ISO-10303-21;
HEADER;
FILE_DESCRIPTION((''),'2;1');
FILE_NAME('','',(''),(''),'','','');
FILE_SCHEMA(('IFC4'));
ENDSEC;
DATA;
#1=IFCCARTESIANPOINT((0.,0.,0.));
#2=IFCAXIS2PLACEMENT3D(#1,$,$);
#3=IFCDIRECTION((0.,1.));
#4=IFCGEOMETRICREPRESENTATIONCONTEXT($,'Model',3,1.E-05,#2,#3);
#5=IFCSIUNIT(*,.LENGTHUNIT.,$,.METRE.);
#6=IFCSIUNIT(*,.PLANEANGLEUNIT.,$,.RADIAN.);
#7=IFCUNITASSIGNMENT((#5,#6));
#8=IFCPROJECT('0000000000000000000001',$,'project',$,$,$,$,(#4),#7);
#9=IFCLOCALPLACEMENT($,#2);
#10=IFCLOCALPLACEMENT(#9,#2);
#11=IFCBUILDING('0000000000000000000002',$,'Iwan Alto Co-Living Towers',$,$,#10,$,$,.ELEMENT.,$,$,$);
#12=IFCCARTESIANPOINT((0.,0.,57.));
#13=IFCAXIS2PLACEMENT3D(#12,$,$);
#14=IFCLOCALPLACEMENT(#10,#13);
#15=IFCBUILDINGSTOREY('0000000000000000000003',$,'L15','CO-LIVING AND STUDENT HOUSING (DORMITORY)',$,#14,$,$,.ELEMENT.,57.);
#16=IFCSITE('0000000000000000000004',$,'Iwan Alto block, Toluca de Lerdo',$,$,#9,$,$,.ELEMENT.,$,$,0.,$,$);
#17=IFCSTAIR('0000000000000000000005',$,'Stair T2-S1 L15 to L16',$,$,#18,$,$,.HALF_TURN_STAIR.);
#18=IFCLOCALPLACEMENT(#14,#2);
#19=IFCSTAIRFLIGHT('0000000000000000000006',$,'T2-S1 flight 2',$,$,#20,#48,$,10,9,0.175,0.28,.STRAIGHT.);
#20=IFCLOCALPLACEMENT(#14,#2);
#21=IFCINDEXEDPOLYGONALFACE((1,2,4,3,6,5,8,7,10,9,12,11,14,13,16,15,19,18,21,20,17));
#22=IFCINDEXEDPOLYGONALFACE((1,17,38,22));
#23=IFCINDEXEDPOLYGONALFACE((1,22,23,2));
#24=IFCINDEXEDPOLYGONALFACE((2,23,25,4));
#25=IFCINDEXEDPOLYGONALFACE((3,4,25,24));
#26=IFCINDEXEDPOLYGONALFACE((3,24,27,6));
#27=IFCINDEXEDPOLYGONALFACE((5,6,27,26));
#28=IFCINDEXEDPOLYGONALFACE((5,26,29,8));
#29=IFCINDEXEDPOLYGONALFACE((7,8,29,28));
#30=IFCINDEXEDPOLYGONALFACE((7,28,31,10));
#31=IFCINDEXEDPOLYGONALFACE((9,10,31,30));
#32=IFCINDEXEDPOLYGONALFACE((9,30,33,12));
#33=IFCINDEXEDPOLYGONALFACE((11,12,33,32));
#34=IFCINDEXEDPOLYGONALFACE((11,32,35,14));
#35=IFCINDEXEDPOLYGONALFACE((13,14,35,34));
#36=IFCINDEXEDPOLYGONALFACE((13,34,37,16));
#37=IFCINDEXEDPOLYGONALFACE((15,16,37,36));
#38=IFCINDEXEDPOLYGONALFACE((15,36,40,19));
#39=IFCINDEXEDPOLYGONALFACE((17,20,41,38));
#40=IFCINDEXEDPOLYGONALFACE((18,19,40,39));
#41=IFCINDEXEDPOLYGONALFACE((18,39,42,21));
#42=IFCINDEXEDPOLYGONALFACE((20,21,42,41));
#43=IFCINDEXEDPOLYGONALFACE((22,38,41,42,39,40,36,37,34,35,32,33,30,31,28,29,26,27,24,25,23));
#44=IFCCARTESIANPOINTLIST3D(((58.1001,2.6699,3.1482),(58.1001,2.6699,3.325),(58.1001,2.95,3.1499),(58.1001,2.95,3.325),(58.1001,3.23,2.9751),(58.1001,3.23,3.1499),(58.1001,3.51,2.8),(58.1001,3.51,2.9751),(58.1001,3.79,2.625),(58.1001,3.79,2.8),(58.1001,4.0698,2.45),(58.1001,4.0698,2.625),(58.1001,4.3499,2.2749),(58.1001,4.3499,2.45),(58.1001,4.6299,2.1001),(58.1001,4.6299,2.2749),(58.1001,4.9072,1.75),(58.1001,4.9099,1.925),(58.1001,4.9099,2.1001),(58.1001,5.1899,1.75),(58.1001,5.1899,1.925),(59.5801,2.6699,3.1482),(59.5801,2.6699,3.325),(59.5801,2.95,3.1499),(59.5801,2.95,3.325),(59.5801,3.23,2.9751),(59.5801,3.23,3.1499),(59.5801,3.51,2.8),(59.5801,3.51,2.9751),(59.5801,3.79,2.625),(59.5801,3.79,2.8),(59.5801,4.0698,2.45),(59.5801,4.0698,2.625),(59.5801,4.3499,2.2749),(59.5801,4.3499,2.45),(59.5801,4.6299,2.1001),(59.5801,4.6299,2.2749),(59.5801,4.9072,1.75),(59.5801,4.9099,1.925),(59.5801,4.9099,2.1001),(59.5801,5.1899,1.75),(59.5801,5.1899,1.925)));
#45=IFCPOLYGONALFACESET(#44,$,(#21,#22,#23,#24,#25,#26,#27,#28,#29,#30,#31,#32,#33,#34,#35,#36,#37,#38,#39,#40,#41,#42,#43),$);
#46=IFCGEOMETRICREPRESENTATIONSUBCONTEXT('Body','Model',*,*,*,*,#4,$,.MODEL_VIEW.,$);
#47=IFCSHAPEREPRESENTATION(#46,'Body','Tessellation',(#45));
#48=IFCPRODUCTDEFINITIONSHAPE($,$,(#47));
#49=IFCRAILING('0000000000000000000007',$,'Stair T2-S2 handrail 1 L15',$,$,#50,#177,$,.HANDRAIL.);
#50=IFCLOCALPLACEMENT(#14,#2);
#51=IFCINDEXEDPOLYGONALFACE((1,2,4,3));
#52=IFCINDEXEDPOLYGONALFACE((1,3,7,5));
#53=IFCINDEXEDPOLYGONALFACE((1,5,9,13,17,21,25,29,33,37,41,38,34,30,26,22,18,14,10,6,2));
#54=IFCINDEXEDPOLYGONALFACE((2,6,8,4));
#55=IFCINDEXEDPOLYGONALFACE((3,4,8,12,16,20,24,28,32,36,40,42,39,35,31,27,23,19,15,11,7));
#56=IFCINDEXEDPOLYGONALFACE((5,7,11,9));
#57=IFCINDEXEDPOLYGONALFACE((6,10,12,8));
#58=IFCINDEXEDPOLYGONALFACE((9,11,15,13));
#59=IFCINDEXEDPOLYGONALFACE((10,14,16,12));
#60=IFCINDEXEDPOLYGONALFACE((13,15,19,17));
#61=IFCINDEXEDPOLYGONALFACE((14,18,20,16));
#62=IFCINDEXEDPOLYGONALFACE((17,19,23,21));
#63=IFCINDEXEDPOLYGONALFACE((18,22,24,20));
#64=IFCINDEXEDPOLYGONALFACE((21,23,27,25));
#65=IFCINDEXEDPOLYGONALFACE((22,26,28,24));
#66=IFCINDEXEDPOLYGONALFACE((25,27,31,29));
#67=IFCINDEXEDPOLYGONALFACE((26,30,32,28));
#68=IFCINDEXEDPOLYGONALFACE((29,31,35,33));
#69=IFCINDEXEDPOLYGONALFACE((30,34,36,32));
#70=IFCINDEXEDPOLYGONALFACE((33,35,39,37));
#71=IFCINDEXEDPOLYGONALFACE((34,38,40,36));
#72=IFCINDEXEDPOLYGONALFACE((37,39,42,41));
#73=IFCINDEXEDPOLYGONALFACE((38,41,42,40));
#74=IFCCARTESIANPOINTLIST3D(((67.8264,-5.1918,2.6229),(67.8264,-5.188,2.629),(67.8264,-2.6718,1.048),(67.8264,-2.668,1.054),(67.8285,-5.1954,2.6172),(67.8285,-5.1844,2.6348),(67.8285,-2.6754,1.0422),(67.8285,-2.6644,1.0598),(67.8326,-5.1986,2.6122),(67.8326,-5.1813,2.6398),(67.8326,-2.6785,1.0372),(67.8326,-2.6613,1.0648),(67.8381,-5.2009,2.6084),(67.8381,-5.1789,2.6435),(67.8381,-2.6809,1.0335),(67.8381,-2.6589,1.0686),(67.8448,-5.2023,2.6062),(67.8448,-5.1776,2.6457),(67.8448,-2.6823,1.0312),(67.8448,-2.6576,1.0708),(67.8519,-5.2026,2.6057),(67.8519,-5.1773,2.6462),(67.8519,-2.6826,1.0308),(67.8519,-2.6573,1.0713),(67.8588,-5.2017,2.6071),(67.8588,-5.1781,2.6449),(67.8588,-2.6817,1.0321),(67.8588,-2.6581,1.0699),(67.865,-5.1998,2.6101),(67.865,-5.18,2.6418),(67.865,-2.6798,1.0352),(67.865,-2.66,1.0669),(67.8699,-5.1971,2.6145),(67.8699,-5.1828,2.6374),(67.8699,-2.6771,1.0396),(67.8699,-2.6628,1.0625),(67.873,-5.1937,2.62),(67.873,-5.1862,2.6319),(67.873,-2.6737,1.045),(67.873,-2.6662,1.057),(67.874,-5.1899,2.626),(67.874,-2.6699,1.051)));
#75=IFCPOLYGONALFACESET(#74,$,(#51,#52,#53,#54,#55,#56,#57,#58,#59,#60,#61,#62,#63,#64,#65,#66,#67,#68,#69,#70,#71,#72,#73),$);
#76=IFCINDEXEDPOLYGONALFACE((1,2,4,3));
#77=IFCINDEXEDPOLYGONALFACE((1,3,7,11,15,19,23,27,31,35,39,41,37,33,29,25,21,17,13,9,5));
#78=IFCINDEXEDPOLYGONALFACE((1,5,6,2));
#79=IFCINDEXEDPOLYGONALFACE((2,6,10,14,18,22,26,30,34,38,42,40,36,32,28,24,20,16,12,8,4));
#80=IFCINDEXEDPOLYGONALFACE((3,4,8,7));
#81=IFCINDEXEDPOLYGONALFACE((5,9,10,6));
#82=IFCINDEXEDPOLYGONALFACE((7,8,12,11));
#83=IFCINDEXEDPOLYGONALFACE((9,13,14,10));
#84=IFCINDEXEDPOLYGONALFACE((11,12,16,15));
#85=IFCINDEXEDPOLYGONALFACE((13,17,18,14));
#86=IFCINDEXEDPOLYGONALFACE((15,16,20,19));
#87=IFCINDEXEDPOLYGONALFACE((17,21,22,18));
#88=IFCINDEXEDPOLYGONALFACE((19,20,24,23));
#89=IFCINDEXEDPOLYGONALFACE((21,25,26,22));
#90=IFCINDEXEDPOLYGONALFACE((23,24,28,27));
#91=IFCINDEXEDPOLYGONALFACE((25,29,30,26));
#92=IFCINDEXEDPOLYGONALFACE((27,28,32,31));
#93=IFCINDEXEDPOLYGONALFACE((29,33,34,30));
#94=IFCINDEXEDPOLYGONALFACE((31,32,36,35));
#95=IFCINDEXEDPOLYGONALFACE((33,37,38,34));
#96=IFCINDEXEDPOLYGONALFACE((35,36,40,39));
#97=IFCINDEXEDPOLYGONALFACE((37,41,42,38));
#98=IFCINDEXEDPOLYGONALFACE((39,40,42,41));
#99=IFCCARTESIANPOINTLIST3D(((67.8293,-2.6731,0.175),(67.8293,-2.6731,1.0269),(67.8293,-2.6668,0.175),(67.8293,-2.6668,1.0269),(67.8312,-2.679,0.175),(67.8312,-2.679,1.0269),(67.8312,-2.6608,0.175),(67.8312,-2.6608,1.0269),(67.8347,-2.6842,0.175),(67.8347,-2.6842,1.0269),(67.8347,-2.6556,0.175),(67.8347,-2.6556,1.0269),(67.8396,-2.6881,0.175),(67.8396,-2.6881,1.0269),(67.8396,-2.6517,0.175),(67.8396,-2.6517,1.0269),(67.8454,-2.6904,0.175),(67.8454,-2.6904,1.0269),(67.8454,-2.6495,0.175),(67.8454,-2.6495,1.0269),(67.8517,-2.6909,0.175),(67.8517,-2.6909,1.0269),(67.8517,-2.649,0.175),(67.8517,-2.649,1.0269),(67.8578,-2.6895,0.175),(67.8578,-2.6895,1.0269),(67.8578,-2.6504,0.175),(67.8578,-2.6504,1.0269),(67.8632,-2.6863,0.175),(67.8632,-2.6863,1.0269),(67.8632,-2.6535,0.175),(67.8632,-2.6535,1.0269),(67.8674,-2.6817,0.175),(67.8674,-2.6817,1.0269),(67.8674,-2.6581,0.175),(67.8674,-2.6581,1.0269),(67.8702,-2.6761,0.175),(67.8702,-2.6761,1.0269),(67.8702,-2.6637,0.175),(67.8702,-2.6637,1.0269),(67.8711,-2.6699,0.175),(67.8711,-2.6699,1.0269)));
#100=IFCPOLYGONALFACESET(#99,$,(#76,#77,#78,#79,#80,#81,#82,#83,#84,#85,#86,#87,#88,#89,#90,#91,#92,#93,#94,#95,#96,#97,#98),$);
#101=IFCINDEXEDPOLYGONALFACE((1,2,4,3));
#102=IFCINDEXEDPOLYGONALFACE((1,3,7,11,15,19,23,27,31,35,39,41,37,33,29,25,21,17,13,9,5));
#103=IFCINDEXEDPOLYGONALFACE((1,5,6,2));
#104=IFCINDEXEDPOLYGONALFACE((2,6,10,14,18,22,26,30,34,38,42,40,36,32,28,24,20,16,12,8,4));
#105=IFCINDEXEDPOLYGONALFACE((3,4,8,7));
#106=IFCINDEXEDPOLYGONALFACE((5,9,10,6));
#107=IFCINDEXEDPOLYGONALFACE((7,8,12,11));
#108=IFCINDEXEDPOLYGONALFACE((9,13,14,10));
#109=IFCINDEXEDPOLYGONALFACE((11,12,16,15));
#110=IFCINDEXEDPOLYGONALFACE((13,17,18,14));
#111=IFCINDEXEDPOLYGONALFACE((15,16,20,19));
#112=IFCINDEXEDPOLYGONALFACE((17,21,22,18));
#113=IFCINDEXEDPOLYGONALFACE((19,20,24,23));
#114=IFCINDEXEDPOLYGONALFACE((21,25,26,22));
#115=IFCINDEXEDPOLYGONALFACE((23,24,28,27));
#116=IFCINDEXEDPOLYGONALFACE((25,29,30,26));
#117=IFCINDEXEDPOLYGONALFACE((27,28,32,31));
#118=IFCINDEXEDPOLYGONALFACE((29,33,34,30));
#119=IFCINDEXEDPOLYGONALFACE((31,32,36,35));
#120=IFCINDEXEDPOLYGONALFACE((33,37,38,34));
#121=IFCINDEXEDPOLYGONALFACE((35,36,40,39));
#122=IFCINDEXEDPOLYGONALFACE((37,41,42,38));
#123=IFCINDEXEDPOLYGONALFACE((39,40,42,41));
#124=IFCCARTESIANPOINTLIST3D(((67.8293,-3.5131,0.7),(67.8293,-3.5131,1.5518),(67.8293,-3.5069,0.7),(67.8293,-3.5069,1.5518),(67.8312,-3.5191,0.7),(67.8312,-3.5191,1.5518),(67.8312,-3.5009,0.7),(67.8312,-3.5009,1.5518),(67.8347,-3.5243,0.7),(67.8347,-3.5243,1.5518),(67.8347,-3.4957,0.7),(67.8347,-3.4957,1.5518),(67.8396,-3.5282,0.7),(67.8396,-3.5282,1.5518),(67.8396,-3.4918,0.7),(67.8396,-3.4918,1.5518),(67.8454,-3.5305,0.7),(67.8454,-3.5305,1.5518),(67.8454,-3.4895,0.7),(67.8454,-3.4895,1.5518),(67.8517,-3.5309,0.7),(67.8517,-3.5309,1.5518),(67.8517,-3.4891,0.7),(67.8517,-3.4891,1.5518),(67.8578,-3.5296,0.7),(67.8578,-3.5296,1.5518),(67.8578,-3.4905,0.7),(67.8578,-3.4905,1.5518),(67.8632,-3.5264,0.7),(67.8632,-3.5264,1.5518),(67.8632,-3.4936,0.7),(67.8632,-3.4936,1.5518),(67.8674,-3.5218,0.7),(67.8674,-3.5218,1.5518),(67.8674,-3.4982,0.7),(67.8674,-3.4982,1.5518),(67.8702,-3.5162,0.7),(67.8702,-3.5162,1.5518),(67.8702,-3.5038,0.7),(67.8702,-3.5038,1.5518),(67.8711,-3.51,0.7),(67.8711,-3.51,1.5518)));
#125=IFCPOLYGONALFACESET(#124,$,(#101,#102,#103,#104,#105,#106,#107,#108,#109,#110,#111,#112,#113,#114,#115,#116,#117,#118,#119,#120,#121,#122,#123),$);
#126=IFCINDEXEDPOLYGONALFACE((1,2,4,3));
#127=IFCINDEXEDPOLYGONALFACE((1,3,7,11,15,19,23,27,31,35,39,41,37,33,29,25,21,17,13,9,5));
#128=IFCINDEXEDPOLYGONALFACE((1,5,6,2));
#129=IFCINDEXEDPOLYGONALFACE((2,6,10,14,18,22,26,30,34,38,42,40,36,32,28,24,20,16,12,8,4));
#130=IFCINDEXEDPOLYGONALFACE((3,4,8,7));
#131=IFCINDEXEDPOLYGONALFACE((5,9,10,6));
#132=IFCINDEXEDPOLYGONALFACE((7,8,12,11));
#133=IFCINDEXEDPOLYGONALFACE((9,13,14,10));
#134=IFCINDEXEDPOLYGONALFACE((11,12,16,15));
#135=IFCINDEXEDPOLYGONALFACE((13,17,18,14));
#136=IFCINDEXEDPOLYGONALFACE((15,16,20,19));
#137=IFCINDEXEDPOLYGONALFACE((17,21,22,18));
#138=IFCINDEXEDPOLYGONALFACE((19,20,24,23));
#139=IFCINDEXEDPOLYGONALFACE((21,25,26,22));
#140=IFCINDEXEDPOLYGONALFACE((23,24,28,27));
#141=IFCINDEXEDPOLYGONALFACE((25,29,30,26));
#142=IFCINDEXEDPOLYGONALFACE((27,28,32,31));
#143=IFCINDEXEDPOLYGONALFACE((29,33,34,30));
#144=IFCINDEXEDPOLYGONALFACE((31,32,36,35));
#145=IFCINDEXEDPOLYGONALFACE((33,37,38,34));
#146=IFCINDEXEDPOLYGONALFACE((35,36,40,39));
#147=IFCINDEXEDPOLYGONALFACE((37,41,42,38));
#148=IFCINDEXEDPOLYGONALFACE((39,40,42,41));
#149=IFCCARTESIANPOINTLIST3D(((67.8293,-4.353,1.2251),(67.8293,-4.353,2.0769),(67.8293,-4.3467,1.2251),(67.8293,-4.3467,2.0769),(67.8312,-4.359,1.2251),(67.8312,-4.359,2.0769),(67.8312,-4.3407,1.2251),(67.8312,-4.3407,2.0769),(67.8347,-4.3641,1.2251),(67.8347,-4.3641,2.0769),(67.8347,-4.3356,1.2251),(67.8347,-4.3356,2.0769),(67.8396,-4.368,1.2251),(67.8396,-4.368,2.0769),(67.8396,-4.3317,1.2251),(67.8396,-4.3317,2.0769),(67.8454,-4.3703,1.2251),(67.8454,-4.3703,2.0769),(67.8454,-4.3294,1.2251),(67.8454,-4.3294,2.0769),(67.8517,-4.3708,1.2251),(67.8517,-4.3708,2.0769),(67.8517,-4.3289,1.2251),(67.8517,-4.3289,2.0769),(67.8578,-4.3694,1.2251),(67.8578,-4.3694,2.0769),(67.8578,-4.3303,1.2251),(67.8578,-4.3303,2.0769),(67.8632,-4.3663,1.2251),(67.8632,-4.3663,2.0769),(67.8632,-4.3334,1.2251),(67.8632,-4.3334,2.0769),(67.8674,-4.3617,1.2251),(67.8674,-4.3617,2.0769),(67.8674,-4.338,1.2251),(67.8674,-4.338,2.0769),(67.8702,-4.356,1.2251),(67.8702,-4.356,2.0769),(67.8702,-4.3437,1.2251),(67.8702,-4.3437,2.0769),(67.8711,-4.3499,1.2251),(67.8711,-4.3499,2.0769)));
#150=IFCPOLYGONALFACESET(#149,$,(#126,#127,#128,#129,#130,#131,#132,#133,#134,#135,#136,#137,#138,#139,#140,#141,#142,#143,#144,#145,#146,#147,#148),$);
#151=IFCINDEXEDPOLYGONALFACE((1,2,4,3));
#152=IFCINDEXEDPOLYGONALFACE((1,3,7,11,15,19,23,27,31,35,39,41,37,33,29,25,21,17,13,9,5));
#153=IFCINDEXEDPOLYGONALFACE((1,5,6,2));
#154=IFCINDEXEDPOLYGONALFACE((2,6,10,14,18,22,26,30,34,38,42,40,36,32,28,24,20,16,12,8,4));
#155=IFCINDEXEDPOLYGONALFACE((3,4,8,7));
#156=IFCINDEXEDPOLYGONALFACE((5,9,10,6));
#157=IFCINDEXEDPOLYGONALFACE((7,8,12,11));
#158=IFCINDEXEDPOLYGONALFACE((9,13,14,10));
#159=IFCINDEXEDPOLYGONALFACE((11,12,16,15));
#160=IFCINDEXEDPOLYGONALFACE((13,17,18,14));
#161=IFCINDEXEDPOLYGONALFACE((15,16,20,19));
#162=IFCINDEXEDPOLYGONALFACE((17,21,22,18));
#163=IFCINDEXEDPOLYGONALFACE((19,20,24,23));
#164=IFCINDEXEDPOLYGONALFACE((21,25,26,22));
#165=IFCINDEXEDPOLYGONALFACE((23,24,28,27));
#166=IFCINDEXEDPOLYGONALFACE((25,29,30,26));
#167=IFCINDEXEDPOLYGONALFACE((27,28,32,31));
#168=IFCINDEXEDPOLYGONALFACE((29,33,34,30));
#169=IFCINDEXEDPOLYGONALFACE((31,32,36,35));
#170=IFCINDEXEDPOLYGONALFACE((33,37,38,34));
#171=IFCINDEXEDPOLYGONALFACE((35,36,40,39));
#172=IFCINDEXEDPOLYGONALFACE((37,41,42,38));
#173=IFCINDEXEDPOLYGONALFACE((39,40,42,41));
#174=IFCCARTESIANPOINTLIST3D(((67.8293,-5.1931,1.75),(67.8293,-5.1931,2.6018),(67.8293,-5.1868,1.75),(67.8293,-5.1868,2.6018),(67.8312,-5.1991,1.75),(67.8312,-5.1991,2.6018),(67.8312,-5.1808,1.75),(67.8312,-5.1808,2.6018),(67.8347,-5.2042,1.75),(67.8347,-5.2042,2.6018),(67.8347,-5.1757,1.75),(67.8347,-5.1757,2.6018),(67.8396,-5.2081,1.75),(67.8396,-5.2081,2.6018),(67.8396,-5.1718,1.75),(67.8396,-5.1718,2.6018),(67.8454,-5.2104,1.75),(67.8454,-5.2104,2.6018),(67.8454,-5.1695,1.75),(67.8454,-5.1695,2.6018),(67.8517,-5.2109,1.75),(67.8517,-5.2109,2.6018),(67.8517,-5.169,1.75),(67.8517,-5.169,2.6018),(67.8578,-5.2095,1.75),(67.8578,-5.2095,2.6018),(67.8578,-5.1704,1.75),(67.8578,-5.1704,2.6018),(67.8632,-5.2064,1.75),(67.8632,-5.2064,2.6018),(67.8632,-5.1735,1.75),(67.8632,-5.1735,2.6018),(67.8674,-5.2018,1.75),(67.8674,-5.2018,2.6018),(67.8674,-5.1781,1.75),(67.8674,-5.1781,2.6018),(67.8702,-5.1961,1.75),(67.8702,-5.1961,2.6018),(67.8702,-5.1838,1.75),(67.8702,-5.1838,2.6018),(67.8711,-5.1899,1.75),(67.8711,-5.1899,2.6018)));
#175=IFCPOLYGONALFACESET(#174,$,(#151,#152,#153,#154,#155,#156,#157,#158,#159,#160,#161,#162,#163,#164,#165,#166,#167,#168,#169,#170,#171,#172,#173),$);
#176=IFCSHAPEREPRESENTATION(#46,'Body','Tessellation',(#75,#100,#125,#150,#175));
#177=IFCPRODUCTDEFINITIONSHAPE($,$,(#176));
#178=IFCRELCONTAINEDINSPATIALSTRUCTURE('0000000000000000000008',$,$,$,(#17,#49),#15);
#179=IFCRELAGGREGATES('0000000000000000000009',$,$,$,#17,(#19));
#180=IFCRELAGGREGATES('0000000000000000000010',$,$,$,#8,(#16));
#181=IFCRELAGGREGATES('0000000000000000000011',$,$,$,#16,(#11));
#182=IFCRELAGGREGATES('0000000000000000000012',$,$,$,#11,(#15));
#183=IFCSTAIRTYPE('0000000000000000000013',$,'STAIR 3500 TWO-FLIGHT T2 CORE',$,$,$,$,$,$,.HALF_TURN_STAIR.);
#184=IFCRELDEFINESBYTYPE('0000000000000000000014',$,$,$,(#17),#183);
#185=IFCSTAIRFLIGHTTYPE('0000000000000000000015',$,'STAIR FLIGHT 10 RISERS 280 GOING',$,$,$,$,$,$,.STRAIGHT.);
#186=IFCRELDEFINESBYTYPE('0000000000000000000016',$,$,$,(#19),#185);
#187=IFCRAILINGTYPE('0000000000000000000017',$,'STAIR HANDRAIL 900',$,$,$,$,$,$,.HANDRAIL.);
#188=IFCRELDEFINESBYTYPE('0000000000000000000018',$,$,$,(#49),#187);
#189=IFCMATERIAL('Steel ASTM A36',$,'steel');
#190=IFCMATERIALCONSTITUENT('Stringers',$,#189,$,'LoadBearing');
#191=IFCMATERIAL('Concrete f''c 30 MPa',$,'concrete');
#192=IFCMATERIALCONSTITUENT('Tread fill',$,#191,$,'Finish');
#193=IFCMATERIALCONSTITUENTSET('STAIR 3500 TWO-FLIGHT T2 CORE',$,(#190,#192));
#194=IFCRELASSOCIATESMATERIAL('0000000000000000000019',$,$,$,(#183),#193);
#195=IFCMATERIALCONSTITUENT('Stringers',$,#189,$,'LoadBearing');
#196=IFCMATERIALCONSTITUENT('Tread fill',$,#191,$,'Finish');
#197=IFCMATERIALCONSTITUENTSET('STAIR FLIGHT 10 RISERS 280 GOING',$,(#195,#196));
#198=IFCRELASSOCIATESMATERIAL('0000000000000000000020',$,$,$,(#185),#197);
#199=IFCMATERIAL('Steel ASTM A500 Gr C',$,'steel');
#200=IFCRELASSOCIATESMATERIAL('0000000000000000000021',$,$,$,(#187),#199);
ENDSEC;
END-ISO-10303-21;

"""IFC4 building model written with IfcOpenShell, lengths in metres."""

from ifc_helpers import new_model, si_unit, direction, frame, origin, origin_2d, place, context, subcontext, project, spatial, polyline, circle, outline, extrude, material, constituent, constituent_set, type_object, element, aggregate, save


model = new_model("IFC4")

# Units and contexts
model_context = context("Model", 3, precision=1e-05, world=origin(), true_north=direction((0.0, 1.0)))
body_context = subcontext(model_context, "Body", "Model", "MODEL_VIEW")
ifc_project = project(units=[si_unit("LENGTHUNIT", "METRE"), si_unit("PLANEANGLEUNIT", "RADIAN")], contexts=[model_context])

# Site, building, storey
site_placement = place(None, origin())
site = spatial("IfcSite", under=ifc_project, at=site_placement, Name="Iwan Alto block, Toluca de Lerdo", CompositionType="ELEMENT", RefElevation=0.0)
building_placement = place(site_placement, origin())
building = spatial("IfcBuilding", under=site, at=building_placement, Name="Iwan Alto Co-Living Towers", CompositionType="ELEMENT")
storey_placement = place(building_placement, frame((0.0, 0.0, 57.0)))
storey = spatial("IfcBuildingStorey", under=building, at=storey_placement, Name="L15", Description="CO-LIVING AND STUDENT HOUSING (DORMITORY)", CompositionType="ELEMENT", Elevation=57.0)

# Stair, stair flight
ifc_material_1 = material(Name="Steel ASTM A36", Category="steel")
ifc_constituent_1 = constituent(ifc_material_1, Name="Stringers", Category="LoadBearing")
ifc_material_2 = material(Name="Concrete f'c 30 MPa", Category="concrete")
ifc_constituent_2 = constituent(ifc_material_2, Name="Tread fill", Category="Finish")
ifc_constituent_set_1 = constituent_set(constituents=[ifc_constituent_1, ifc_constituent_2], Name="STAIR 3500 TWO-FLIGHT T2 CORE")
stair_type = type_object("IfcStairType", Name="STAIR 3500 TWO-FLIGHT T2 CORE", PredefinedType="HALF_TURN_STAIR", material=ifc_constituent_set_1)
stair_placement = place(storey_placement, origin())
stair = element("IfcStair", 1, at=stair_placement, inside=storey, type_object=stair_type, Name="Stair T2-S1 L15 to L16", PredefinedType="HALF_TURN_STAIR")
ifc_constituent_3 = constituent(ifc_material_1, Name="Stringers", Category="LoadBearing")
ifc_constituent_4 = constituent(ifc_material_2, Name="Tread fill", Category="Finish")
ifc_constituent_set_2 = constituent_set(constituents=[ifc_constituent_3, ifc_constituent_4], Name="STAIR FLIGHT 10 RISERS 280 GOING")
stair_flight_type = type_object("IfcStairFlightType", Name="STAIR FLIGHT 10 RISERS 280 GOING", PredefinedType="STRAIGHT", material=ifc_constituent_set_2)
stair_flight_placement = place(storey_placement, frame((58.8401, 5.1899, 1.75), z_axis=(0.0, 0.0, 1.0), x_axis=(0.0, -1.0, 0.0)))
stair_flight = element("IfcStairFlight", 2, at=stair_flight_placement, type_object=stair_flight_type, Name="T2-S1 flight 2", NumberOfRisers=10, NumberOfTreads=9, PredefinedType="STRAIGHT", RiserHeight=0.175, TreadLength=0.28, context=body_context, shape_type="SweptSolid", body=[
    extrude(outline(polyline([(0.0, 0.0), (0.0, 0.175), (0.28, 0.175), (0.28, 0.3501), (0.5601, 0.3501), (0.5601, 0.5249), (0.8401, 0.5249), (0.8401, 0.7), (1.1201, 0.7), (1.1201, 0.875), (1.3999, 0.875), (1.3999, 1.05), (1.6799, 1.05), (1.6799, 1.2251), (1.96, 1.2251), (1.96, 1.3999), (2.24, 1.3999), (2.24, 1.575), (2.52, 1.575), (2.52, 1.75), (2.52, 1.3982), (0.2827, 0.0), (0.0, 0.0)])), frame((0.0, 0.74, 0.0), z_axis=(0.0, -1.0, 0.0), x_axis=(1.0, 0.0, 0.0)), (0.0, 0.0, 1.0), 1.48),
])
aggregate(stair, [stair_flight])

# Railing
ifc_material_3 = material(Name="Steel ASTM A500 Gr C", Category="steel")
railing_type_1 = type_object("IfcRailingType", Name="STAIR HANDRAIL 900", PredefinedType="HANDRAIL", material=ifc_material_3)
railing_1_placement = place(storey_placement, frame((67.8501, -2.6699, 0.175)))
element("IfcRailing", 3, at=railing_1_placement, inside=storey, type_object=railing_type_1, Name="Stair T2-S2 handrail 1 L15", PredefinedType="HANDRAIL", context=body_context, shape_type="SweptSolid", body=[
    extrude(circle(Radius=0.0239, at=origin_2d()), frame((0.0, 0.0, 0.876), z_axis=(0.0, -0.848008, 0.529984), x_axis=(1.0, 0.0, 0.0)), (0.0, 0.0, 1.0), 2.9717),
    extrude(circle(Radius=0.021, at=origin_2d()), origin(), (0.0, 0.0, 1.0), 0.8518),
    extrude(circle(Radius=0.021, at=origin_2d()), frame((0.0, -0.8401, 0.5249)), (0.0, 0.0, 1.0), 0.8518),
    extrude(circle(Radius=0.021, at=origin_2d()), frame((0.0, -1.6799, 1.05)), (0.0, 0.0, 1.0), 0.8518),
    extrude(circle(Radius=0.021, at=origin_2d()), frame((0.0, -2.52, 1.575)), (0.0, 0.0, 1.0), 0.8518),
])

save(model, "model.ifc")
